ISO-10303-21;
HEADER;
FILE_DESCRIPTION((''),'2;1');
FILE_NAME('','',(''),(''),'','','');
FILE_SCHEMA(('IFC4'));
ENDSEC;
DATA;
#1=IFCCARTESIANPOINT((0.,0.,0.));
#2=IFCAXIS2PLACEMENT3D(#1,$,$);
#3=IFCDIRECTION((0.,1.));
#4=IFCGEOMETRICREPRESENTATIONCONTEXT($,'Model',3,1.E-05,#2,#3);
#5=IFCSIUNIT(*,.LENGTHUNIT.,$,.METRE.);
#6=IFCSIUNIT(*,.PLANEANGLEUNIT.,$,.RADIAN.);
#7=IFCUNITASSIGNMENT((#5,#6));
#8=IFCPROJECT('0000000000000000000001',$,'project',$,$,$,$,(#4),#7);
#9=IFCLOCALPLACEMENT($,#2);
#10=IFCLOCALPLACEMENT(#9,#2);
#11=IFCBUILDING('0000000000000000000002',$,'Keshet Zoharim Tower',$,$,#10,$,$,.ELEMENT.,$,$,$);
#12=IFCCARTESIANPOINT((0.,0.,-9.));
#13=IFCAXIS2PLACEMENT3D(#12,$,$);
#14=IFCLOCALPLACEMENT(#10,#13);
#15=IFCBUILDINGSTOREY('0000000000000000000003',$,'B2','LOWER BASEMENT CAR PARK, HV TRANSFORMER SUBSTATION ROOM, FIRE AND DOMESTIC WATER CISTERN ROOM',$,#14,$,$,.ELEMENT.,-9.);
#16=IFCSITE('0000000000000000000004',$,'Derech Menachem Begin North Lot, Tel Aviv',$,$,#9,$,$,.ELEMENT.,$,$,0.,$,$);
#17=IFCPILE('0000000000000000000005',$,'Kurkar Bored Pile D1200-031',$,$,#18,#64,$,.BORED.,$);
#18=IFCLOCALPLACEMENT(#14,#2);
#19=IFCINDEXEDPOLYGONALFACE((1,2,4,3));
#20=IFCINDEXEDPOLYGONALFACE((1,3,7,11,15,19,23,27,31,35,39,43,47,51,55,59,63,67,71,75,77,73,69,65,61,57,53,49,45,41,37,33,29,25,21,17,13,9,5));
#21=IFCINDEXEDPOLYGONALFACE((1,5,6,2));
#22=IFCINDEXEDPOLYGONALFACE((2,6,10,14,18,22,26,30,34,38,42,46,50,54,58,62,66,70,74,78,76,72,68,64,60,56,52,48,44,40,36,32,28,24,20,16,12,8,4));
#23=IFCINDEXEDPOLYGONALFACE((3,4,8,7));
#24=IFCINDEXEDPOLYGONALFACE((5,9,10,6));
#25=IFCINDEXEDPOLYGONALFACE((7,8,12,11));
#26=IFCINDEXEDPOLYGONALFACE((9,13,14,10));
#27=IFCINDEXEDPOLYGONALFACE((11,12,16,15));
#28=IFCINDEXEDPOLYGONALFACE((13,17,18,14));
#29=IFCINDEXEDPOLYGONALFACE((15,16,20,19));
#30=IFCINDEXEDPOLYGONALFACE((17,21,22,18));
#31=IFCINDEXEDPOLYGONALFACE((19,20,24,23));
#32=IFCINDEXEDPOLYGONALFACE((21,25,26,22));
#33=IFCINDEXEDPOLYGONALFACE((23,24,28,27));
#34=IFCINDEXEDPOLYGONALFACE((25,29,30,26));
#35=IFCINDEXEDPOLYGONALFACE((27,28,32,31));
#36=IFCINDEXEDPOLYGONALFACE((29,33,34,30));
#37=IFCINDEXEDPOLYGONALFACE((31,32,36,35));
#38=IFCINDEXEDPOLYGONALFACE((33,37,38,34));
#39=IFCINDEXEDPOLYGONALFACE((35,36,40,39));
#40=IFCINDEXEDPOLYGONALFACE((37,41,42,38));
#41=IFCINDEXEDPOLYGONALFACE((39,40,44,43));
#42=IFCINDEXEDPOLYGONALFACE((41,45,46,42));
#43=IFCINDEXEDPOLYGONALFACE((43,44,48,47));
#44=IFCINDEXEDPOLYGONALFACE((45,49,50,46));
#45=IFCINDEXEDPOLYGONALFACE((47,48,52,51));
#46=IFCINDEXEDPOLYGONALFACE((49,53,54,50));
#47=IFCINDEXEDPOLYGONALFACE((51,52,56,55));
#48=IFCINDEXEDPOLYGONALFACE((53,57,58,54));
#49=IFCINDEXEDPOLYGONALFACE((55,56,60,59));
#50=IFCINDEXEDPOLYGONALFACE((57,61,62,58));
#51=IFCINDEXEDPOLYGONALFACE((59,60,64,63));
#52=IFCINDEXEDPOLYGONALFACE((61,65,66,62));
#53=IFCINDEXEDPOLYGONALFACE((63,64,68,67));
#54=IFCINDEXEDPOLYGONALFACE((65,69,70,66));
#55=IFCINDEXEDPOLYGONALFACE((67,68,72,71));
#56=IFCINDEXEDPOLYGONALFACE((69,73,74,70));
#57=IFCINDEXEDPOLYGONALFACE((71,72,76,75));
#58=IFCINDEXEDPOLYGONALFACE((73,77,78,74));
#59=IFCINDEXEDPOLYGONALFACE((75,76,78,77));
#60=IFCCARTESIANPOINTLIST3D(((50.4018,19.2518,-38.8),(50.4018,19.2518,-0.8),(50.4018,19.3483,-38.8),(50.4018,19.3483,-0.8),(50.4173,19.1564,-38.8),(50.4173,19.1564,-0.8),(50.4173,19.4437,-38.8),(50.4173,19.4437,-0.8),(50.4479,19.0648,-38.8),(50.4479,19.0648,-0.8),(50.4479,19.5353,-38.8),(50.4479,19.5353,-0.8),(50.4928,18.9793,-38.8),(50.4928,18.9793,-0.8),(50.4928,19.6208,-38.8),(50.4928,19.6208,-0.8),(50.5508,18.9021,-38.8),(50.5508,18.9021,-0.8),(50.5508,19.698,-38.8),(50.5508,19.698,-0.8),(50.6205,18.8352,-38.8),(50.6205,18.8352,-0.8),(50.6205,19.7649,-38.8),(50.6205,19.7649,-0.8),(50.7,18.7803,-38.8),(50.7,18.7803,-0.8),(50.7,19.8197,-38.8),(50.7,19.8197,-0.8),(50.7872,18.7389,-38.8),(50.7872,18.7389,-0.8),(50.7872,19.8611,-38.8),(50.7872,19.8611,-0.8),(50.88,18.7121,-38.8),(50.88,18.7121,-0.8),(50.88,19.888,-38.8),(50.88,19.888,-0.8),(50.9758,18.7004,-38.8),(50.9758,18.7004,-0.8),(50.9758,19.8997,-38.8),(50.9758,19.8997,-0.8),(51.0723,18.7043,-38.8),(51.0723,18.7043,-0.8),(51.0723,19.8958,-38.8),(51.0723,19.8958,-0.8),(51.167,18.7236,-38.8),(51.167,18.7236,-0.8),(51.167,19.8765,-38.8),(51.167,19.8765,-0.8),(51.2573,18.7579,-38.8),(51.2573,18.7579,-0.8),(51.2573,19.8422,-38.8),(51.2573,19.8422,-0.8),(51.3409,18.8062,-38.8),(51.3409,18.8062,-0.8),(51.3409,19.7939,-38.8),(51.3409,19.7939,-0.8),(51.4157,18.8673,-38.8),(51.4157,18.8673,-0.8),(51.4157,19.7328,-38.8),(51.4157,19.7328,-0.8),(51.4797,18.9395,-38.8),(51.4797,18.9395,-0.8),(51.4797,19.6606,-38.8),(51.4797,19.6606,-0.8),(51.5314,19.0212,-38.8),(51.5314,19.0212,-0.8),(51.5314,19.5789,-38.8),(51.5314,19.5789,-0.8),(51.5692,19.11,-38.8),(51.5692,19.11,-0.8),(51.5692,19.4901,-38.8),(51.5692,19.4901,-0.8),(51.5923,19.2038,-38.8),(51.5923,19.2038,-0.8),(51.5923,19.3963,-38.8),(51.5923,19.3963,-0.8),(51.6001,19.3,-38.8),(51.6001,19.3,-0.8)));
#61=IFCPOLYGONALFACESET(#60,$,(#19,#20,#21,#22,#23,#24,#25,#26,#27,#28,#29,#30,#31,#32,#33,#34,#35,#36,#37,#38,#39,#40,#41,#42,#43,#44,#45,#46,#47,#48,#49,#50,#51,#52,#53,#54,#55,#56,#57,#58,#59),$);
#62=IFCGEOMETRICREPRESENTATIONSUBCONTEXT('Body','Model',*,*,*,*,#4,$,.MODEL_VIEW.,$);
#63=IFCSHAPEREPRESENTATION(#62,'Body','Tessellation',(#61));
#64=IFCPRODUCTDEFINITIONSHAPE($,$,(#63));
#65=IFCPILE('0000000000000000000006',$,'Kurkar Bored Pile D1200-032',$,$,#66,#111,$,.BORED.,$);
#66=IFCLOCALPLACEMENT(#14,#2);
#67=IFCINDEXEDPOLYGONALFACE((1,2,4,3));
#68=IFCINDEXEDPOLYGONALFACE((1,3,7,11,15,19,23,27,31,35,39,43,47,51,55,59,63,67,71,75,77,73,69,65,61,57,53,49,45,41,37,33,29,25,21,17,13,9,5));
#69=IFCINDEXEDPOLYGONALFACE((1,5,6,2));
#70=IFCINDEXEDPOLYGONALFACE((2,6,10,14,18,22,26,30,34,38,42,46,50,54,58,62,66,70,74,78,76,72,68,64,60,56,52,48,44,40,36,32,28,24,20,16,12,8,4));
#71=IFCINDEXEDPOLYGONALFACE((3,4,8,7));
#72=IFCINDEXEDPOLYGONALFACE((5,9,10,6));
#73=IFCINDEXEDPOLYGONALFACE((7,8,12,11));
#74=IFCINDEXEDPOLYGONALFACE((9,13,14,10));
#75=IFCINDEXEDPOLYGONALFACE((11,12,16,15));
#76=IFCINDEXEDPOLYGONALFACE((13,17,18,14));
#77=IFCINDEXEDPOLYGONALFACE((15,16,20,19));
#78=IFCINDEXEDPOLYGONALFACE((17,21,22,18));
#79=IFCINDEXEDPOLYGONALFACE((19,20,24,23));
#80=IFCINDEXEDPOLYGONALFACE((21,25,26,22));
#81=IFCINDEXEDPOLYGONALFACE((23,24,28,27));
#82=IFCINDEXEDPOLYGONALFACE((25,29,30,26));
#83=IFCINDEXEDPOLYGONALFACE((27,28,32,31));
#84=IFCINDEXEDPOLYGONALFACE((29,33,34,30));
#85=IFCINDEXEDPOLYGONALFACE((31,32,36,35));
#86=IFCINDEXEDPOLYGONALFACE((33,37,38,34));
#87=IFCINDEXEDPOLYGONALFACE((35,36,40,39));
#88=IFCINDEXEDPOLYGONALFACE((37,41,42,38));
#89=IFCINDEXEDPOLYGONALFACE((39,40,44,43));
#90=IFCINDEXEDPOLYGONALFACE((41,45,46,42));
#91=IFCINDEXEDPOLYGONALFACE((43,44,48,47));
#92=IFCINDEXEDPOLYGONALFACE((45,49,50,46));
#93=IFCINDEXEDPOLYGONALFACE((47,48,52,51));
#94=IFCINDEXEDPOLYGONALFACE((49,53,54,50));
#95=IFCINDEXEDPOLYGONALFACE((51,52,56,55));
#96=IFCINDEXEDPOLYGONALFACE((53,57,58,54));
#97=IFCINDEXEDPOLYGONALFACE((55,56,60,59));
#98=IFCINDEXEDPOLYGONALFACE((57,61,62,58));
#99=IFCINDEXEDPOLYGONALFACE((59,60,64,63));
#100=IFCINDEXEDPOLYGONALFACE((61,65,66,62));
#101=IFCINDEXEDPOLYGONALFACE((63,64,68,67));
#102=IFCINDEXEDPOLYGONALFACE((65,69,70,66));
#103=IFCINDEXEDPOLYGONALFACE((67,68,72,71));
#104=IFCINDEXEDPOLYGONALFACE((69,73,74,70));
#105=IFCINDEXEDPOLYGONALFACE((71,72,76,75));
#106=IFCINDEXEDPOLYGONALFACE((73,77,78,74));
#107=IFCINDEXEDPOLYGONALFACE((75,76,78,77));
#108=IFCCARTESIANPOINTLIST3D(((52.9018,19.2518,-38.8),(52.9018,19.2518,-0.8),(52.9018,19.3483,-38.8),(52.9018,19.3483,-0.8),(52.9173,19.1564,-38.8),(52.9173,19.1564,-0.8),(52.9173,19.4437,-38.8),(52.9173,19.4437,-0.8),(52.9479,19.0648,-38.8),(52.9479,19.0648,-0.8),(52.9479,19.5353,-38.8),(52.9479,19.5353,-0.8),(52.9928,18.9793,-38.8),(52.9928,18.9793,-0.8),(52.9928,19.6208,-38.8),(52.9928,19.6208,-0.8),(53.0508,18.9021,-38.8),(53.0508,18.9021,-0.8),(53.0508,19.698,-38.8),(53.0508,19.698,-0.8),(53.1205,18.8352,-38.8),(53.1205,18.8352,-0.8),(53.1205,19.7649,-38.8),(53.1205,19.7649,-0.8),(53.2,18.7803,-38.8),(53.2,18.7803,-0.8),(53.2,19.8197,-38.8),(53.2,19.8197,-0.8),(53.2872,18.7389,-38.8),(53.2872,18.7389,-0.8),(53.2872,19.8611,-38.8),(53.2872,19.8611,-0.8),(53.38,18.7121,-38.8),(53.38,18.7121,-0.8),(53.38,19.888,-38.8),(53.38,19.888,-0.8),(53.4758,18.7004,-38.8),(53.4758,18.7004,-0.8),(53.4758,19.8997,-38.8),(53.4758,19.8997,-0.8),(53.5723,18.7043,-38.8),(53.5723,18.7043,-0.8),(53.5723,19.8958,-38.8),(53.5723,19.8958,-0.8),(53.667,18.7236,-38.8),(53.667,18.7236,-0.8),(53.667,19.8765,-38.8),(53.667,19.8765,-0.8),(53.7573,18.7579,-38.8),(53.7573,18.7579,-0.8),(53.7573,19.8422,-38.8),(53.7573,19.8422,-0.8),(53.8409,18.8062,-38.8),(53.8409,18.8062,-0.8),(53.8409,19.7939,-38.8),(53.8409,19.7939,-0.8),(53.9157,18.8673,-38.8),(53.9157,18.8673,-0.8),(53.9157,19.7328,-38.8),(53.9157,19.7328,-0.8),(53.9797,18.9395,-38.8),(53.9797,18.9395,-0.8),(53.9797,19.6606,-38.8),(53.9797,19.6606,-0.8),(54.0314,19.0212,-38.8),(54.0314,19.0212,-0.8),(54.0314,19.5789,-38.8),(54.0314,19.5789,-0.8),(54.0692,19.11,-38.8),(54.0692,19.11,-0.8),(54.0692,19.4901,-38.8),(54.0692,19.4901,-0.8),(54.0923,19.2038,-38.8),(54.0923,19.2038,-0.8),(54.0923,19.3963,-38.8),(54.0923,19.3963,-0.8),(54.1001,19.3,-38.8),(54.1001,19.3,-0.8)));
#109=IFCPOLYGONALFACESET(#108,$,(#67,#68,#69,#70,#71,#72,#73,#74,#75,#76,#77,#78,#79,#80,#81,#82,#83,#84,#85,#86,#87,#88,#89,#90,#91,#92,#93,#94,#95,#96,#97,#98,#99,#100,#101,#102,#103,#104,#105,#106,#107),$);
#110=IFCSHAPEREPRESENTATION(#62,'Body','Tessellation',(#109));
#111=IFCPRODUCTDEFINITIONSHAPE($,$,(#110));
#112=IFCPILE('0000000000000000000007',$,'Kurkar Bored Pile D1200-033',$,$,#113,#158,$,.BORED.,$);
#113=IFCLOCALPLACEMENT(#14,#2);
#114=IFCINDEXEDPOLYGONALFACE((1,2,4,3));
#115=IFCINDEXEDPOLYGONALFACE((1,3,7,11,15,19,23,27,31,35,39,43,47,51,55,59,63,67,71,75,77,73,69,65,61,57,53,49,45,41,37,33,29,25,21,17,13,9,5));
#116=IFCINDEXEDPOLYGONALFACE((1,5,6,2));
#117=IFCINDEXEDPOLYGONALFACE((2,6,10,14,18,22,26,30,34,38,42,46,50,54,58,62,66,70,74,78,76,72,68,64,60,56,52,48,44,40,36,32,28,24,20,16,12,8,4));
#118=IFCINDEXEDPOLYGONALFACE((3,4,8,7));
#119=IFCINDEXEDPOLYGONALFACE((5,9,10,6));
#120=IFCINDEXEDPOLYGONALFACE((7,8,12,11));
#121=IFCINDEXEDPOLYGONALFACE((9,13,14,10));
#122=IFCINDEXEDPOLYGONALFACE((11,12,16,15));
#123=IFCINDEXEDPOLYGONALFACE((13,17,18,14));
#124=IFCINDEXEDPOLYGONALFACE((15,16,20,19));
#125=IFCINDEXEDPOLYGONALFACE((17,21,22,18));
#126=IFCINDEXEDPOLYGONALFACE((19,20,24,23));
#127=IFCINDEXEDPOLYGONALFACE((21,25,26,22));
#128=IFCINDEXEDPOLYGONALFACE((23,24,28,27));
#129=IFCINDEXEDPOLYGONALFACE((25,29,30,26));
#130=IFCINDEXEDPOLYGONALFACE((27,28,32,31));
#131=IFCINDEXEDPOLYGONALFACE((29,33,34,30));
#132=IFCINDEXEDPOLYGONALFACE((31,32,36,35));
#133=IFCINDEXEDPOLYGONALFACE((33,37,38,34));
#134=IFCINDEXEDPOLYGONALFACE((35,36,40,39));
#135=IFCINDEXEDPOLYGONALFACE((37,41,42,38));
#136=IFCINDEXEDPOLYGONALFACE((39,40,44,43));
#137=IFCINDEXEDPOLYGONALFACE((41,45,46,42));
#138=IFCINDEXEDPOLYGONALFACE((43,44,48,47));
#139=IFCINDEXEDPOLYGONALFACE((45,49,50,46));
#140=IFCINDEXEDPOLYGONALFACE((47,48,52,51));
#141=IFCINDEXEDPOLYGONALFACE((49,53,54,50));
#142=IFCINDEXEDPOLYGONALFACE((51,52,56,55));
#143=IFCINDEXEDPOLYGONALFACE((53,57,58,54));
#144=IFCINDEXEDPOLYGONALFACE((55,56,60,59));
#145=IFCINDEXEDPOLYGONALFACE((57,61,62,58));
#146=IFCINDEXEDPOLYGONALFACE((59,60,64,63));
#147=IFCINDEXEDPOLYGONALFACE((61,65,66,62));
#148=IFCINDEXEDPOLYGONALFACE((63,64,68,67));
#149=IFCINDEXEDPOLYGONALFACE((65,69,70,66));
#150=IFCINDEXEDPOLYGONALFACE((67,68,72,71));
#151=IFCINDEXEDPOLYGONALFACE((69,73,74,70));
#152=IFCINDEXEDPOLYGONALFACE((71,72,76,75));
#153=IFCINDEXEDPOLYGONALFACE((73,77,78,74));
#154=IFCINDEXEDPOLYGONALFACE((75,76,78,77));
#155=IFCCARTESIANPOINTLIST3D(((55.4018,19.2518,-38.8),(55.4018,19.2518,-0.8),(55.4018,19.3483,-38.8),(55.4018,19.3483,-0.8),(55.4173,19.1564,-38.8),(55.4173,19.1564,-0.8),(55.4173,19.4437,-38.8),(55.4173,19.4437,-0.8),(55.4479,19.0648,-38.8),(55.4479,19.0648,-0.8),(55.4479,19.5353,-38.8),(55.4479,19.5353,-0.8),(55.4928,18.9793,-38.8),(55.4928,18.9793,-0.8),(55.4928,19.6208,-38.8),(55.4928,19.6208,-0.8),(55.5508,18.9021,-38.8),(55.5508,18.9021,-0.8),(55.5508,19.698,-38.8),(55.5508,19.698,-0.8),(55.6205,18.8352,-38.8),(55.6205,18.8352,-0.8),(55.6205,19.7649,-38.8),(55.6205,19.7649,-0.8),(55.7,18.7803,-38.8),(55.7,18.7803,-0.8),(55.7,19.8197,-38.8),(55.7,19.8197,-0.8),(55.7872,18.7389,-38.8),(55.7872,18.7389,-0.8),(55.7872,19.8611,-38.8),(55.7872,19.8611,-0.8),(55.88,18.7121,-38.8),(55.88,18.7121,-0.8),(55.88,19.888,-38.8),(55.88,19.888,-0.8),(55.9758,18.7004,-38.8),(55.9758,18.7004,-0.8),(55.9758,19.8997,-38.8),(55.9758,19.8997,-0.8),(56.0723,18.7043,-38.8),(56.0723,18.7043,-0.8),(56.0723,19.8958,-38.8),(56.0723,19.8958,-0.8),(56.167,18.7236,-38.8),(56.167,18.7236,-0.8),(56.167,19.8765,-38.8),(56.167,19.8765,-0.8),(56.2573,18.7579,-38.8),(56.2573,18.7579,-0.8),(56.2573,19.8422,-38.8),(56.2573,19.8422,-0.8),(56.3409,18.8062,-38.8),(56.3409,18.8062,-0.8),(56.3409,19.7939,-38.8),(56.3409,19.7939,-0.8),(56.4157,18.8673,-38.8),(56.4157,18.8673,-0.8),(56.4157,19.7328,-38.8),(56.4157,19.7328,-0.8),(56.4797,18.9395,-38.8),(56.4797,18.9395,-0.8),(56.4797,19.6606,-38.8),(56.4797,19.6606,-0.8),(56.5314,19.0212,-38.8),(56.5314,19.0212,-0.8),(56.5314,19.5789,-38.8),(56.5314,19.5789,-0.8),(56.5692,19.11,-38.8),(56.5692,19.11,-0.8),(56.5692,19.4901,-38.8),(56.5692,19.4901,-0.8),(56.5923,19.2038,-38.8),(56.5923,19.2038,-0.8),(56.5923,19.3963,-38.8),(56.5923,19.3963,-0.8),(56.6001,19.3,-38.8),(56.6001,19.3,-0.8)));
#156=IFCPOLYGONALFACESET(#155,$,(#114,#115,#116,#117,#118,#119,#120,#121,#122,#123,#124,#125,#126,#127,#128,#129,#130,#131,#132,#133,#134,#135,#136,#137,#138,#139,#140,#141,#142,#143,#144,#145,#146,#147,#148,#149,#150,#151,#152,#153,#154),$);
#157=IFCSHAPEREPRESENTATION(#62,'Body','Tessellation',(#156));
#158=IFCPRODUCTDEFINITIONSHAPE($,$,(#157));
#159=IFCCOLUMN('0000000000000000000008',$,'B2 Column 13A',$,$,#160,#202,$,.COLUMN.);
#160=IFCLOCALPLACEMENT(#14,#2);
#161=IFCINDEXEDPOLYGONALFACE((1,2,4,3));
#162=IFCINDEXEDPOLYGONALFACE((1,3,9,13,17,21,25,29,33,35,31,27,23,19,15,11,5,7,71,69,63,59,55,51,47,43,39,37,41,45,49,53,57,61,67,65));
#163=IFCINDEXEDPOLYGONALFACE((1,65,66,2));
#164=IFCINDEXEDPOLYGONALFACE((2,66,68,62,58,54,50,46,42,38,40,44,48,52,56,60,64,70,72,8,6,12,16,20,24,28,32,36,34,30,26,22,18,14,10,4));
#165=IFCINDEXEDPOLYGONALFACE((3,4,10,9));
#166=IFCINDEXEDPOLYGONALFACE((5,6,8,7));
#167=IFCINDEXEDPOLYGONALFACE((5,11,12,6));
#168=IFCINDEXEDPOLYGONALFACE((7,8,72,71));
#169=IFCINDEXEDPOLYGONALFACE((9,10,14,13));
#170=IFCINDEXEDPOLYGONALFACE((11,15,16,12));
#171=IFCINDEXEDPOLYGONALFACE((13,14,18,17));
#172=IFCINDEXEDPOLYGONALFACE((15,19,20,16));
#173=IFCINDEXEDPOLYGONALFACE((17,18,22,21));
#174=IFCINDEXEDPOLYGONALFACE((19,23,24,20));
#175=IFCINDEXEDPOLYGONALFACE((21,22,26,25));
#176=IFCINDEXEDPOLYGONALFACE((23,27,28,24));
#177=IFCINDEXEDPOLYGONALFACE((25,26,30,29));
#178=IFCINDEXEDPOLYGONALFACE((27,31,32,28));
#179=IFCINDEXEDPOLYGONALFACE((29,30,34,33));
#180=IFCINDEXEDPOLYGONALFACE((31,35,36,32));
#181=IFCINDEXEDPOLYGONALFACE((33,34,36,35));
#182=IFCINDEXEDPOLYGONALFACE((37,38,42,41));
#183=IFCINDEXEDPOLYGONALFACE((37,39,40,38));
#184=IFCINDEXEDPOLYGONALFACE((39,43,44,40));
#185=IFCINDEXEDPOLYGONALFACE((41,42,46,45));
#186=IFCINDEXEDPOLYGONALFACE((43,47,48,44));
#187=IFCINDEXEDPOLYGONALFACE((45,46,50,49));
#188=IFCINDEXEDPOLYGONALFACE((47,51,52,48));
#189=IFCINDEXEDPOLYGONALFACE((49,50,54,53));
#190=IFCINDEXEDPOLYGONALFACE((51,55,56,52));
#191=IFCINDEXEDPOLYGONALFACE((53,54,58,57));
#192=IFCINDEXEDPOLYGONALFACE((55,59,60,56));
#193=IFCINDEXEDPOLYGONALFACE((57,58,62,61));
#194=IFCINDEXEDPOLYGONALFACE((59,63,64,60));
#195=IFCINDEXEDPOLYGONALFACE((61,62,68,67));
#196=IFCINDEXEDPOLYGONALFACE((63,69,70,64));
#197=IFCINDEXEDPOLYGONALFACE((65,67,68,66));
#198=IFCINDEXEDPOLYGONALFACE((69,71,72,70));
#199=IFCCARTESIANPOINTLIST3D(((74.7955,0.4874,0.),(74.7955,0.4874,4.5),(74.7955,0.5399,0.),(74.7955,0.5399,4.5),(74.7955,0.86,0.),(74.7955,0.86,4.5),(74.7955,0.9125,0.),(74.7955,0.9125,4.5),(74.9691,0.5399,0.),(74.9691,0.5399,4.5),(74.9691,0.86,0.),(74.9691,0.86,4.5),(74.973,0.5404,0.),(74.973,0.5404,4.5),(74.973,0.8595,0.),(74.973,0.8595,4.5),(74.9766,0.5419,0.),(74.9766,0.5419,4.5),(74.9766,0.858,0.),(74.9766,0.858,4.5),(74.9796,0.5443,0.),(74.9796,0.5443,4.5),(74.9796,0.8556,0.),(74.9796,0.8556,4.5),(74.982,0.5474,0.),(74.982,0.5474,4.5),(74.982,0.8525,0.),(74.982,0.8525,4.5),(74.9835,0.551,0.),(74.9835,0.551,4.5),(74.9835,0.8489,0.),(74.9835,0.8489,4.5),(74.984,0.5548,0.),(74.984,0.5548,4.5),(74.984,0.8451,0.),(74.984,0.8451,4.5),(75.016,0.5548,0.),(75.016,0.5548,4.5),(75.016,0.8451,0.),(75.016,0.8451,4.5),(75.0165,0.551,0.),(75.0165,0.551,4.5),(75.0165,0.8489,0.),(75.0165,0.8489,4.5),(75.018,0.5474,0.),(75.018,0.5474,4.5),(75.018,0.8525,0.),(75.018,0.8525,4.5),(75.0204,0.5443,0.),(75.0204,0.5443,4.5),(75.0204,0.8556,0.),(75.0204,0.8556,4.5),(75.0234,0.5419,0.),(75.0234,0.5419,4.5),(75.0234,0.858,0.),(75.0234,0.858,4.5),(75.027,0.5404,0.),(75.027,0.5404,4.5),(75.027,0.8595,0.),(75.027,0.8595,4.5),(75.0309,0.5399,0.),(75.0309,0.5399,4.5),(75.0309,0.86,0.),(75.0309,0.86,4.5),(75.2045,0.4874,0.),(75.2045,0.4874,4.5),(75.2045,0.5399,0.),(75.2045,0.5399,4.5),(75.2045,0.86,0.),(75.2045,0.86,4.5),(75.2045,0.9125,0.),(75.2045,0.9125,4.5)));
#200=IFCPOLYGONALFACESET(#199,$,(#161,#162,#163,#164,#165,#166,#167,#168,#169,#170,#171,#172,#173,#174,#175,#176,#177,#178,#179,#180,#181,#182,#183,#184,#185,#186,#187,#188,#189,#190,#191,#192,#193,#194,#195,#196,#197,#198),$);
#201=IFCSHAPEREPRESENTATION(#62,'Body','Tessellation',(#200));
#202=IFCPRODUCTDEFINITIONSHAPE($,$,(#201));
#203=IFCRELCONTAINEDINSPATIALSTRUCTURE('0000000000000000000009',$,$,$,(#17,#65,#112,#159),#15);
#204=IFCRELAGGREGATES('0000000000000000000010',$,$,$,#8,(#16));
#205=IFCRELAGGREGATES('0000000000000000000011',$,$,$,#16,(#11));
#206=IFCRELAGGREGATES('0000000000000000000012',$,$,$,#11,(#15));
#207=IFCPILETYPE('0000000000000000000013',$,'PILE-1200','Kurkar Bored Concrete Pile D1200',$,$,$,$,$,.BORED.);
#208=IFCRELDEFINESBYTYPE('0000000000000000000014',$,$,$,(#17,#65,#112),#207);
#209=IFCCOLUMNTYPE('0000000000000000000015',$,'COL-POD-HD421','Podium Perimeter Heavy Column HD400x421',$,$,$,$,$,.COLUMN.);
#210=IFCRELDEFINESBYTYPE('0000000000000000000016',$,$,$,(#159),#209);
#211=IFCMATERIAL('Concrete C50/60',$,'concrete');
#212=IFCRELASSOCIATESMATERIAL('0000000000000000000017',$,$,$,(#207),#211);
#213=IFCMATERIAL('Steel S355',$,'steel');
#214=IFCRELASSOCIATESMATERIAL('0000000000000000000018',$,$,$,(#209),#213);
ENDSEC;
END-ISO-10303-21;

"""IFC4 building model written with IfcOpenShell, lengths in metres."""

from ifc_helpers import new_model, si_unit, direction, frame, origin, origin_2d, place, context, subcontext, project, spatial, circle, i_section, extrude, material, material_profile, profile_set, type_object, element, save


model = new_model("IFC4")

# Units and contexts
model_context = context("Model", 3, precision=1e-05, world=origin(), true_north=direction((0.0, 1.0)))
body_context = subcontext(model_context, "Body", "Model", "MODEL_VIEW")
ifc_project = project(units=[si_unit("LENGTHUNIT", "METRE"), si_unit("PLANEANGLEUNIT", "RADIAN")], contexts=[model_context])

# Site, building, storey
site_placement = place(None, origin())
site = spatial("IfcSite", under=ifc_project, at=site_placement, Name="Derech Menachem Begin North Lot, Tel Aviv", CompositionType="ELEMENT", RefElevation=0.0)
building_placement = place(site_placement, origin())
building = spatial("IfcBuilding", under=site, at=building_placement, Name="Keshet Zoharim Tower", CompositionType="ELEMENT")
storey_placement = place(building_placement, frame((0.0, 0.0, -9.0)))
storey = spatial("IfcBuildingStorey", under=building, at=storey_placement, Name="B2", Description="LOWER BASEMENT CAR PARK, HV TRANSFORMER SUBSTATION ROOM, FIRE AND DOMESTIC WATER CISTERN ROOM", CompositionType="ELEMENT", Elevation=-9.0)

# Piles
ifc_material_1 = material(Name="Concrete C50/60", Category="concrete")
ifc_material_profile_1 = material_profile(ifc_material_1, circle(Radius=0.6001, at=origin_2d()), Name="PILE-D1200")
ifc_profile_set_1 = profile_set([ifc_material_profile_1], Name="Concrete C50/60")
pile_type = type_object("IfcPileType", Name="PILE-1200", Description="Kurkar Bored Concrete Pile D1200", PredefinedType="BORED", material=ifc_profile_set_1)
for number, where, z_axis, x_axis, name in (
    (1, (51.0, 19.3, -0.8), (0.0, 0.0, -1.0), (1.0, 0.0, 0.0), "Kurkar Bored Pile D1200-031"),
    (2, (53.5, 19.3, -0.8), (0.0, 0.0, -1.0), (1.0, 0.0, 0.0), "Kurkar Bored Pile D1200-032"),
    (3, (56.0, 19.3, -0.8), (0.0, 0.0, -1.0), (1.0, 0.0, 0.0), "Kurkar Bored Pile D1200-033"),
):
    element("IfcPile", number, at=place(storey_placement, frame(where, z_axis=z_axis, x_axis=x_axis)), inside=storey, type_object=pile_type, Name=name, PredefinedType="BORED", context=body_context, shape_type="SweptSolid", body=[
        extrude(circle(Radius=0.6001, at=origin_2d()), origin(), (0.0, 0.0, 1.0), 38.0),
    ])

# Column
ifc_material_2 = material(Name="Steel S355", Category="steel")
ifc_material_profile_2 = material_profile(ifc_material_2, i_section(OverallWidth=0.4089, OverallDepth=0.425, WebThickness=0.032, FlangeThickness=0.0525, FilletRadius=0.0149, at=origin_2d()), Name="HD400x421")
ifc_profile_set_2 = profile_set([ifc_material_profile_2], Name="Steel S355")
column_type_1 = type_object("IfcColumnType", Name="COL-POD-HD421", Description="Podium Perimeter Heavy Column HD400x421", PredefinedType="COLUMN", material=ifc_profile_set_2)
for number, where, z_axis, x_axis, name in (
    (4, (75.0, 0.7, 0.0), (0.0, 0.0, 1.0), (1.0, 0.0, 0.0), "B2 Column 13A"),
):
    element("IfcColumn", number, at=place(storey_placement, frame(where, z_axis=z_axis, x_axis=x_axis)), inside=storey, type_object=column_type_1, Name=name, PredefinedType="COLUMN", context=body_context, shape_type="SweptSolid", body=[
        extrude(i_section(OverallWidth=0.4089, OverallDepth=0.425, WebThickness=0.032, FlangeThickness=0.0525, FilletRadius=0.0149, at=origin_2d()), origin(), (0.0, 0.0, 1.0), 4.5),
    ])

save(model, "model.ifc")
